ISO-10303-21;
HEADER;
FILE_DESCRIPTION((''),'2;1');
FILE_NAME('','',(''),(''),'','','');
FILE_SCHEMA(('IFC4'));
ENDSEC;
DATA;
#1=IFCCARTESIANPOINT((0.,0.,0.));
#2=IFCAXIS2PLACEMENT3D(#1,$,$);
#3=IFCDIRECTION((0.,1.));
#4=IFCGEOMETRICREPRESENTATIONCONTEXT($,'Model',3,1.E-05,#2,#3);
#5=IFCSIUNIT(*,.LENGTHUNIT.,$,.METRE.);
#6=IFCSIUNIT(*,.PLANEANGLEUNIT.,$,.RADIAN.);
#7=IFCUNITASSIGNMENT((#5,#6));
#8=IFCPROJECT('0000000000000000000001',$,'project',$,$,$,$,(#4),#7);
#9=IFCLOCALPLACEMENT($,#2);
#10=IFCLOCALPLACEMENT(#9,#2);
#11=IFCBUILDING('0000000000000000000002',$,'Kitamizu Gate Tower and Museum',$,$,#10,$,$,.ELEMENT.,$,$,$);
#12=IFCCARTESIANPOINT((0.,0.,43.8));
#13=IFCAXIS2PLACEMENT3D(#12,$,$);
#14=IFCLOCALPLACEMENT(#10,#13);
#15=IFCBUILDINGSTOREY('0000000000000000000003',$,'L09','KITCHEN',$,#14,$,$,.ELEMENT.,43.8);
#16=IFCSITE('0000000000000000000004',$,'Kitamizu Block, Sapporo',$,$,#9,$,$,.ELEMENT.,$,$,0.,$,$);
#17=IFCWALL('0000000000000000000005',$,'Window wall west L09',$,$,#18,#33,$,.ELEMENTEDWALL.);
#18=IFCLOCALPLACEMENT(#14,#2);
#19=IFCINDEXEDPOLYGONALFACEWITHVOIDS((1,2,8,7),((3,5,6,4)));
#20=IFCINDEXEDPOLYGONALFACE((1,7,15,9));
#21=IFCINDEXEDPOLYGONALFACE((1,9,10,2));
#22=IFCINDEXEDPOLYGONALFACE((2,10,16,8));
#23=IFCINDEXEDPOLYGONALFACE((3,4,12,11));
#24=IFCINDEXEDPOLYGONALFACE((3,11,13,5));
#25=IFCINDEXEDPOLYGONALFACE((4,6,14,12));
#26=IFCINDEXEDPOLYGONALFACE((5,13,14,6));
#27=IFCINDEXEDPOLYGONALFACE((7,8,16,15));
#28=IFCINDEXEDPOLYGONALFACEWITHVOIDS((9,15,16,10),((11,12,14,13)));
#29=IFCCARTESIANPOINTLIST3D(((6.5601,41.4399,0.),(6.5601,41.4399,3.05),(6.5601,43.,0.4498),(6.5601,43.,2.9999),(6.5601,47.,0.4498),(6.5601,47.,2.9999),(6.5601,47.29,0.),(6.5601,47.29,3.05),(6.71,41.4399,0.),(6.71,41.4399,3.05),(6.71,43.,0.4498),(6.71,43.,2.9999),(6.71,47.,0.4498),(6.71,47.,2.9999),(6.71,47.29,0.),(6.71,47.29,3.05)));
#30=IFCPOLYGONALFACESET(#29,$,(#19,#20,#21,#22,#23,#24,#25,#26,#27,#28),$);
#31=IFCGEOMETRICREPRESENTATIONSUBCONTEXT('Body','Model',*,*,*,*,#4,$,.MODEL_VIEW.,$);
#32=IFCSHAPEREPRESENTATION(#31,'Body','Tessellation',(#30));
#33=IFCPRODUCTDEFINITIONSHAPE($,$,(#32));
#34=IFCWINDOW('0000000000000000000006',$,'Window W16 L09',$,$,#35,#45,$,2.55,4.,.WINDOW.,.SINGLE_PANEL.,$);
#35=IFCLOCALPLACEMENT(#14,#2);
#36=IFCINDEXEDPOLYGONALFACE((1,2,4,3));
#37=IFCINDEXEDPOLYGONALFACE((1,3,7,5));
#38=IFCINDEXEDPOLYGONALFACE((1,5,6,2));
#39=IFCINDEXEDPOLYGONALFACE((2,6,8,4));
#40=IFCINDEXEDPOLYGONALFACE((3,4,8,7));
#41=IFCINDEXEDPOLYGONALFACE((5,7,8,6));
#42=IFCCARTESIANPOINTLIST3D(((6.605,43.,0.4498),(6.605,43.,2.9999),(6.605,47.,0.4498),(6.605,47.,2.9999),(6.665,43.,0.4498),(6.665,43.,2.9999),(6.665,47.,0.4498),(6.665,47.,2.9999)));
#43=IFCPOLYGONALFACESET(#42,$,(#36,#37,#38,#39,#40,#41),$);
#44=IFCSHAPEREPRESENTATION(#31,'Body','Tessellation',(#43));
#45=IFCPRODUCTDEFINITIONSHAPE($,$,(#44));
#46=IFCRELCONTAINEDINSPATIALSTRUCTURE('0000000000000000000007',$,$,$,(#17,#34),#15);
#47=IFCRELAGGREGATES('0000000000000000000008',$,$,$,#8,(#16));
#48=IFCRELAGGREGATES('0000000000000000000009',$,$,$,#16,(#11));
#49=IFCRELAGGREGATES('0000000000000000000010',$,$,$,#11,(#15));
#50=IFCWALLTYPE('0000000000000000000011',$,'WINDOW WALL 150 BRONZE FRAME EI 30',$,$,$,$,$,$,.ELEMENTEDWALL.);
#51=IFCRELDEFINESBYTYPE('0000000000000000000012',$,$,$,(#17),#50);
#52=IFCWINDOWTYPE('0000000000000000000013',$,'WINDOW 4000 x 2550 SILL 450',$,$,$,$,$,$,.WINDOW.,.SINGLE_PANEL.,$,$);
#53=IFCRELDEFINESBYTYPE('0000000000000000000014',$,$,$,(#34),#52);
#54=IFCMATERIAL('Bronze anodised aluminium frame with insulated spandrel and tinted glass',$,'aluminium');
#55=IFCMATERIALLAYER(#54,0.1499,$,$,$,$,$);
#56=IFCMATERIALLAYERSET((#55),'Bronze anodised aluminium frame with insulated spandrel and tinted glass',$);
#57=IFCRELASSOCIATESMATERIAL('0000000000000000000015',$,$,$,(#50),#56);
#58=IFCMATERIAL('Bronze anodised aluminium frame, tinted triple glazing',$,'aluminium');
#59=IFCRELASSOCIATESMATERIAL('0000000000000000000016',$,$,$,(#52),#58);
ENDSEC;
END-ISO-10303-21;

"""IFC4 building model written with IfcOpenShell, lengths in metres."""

from ifc_helpers import new_model, si_unit, direction, frame, frame_2d, origin, place, context, subcontext, project, spatial, rectangle, extrude, material, layer, layer_set, type_object, element, fill, save


model = new_model("IFC4")

# Units and contexts
model_context = context("Model", 3, precision=1e-05, world=origin(), true_north=direction((0.0, 1.0)))
body_context = subcontext(model_context, "Body", "Model", "MODEL_VIEW")
ifc_project = project(units=[si_unit("LENGTHUNIT", "METRE"), si_unit("PLANEANGLEUNIT", "RADIAN")], contexts=[model_context])

# Site, building, storey
site_placement = place(None, origin())
site = spatial("IfcSite", under=ifc_project, at=site_placement, Name="Kitamizu Block, Sapporo", CompositionType="ELEMENT", RefElevation=0.0)
building_placement = place(site_placement, origin())
building = spatial("IfcBuilding", under=site, at=building_placement, Name="Kitamizu Gate Tower and Museum", CompositionType="ELEMENT")
storey_placement = place(building_placement, frame((0.0, 0.0, 43.8)))
storey = spatial("IfcBuildingStorey", under=building, at=storey_placement, Name="L09", Description="KITCHEN", CompositionType="ELEMENT", Elevation=43.8)

# Wall, opening, window
ifc_material_1 = material(Name="Bronze anodised aluminium frame with insulated spandrel and tinted glass", Category="aluminium")
ifc_layer = layer(ifc_material_1, 0.1499)
ifc_layer_set = layer_set([ifc_layer], Name="Bronze anodised aluminium frame with insulated spandrel and tinted glass")
wall_type = type_object("IfcWallType", Name="WINDOW WALL 150 BRONZE FRAME EI 30", PredefinedType="ELEMENTEDWALL", material=ifc_layer_set)
wall_placement = place(storey_placement, frame((6.635, 41.4399, 0.0), z_axis=(0.0, 0.0, 1.0), x_axis=(0.0, 1.0, 0.0)))
wall = element("IfcWall", 1, at=wall_placement, inside=storey, type_object=wall_type, Name="Window wall west L09", PredefinedType="ELEMENTEDWALL", context=body_context, shape_type="SweptSolid", body=[
    extrude(rectangle(XDim=5.8501, YDim=0.1499, at=frame_2d((2.925, 0.0))), origin(), (0.0, 0.0, 1.0), 3.05),
])
opening_placement = place(wall_placement, frame((1.5601, 0.0, 0.45)))
opening = element("IfcOpeningElement", 2, at=opening_placement, cuts=wall, PredefinedType="OPENING", context=body_context, shape_type="SweptSolid", body=[
    extrude(rectangle(XDim=4.0, YDim=2.55, at=frame_2d((2.0, 1.2749))), frame((0.0, 0.085, 0.0), z_axis=(0.0, -1.0, 0.0), x_axis=(1.0, 0.0, 0.0)), (0.0, 0.0, 1.0), 0.1699),
])
ifc_material_2 = material(Name="Bronze anodised aluminium frame, tinted triple glazing", Category="aluminium")
window_type = type_object("IfcWindowType", Name="WINDOW 4000 x 2550 SILL 450", PartitioningType="SINGLE_PANEL", PredefinedType="WINDOW", material=ifc_material_2)
window_placement = place(opening_placement, origin())
window = element("IfcWindow", 3, at=window_placement, inside=storey, type_object=window_type, Name="Window W16 L09", OverallHeight=2.55, OverallWidth=4.0, PartitioningType="SINGLE_PANEL", PredefinedType="WINDOW", context=body_context, shape_type="SweptSolid", body=[
    extrude(rectangle(XDim=4.0, YDim=2.55, at=frame_2d((2.0, 1.2749))), frame((0.0, 0.03, 0.0), z_axis=(0.0, -1.0, 0.0), x_axis=(1.0, 0.0, 0.0)), (0.0, 0.0, 1.0), 0.0601),
])
fill(opening, window)

save(model, "model.ifc")
